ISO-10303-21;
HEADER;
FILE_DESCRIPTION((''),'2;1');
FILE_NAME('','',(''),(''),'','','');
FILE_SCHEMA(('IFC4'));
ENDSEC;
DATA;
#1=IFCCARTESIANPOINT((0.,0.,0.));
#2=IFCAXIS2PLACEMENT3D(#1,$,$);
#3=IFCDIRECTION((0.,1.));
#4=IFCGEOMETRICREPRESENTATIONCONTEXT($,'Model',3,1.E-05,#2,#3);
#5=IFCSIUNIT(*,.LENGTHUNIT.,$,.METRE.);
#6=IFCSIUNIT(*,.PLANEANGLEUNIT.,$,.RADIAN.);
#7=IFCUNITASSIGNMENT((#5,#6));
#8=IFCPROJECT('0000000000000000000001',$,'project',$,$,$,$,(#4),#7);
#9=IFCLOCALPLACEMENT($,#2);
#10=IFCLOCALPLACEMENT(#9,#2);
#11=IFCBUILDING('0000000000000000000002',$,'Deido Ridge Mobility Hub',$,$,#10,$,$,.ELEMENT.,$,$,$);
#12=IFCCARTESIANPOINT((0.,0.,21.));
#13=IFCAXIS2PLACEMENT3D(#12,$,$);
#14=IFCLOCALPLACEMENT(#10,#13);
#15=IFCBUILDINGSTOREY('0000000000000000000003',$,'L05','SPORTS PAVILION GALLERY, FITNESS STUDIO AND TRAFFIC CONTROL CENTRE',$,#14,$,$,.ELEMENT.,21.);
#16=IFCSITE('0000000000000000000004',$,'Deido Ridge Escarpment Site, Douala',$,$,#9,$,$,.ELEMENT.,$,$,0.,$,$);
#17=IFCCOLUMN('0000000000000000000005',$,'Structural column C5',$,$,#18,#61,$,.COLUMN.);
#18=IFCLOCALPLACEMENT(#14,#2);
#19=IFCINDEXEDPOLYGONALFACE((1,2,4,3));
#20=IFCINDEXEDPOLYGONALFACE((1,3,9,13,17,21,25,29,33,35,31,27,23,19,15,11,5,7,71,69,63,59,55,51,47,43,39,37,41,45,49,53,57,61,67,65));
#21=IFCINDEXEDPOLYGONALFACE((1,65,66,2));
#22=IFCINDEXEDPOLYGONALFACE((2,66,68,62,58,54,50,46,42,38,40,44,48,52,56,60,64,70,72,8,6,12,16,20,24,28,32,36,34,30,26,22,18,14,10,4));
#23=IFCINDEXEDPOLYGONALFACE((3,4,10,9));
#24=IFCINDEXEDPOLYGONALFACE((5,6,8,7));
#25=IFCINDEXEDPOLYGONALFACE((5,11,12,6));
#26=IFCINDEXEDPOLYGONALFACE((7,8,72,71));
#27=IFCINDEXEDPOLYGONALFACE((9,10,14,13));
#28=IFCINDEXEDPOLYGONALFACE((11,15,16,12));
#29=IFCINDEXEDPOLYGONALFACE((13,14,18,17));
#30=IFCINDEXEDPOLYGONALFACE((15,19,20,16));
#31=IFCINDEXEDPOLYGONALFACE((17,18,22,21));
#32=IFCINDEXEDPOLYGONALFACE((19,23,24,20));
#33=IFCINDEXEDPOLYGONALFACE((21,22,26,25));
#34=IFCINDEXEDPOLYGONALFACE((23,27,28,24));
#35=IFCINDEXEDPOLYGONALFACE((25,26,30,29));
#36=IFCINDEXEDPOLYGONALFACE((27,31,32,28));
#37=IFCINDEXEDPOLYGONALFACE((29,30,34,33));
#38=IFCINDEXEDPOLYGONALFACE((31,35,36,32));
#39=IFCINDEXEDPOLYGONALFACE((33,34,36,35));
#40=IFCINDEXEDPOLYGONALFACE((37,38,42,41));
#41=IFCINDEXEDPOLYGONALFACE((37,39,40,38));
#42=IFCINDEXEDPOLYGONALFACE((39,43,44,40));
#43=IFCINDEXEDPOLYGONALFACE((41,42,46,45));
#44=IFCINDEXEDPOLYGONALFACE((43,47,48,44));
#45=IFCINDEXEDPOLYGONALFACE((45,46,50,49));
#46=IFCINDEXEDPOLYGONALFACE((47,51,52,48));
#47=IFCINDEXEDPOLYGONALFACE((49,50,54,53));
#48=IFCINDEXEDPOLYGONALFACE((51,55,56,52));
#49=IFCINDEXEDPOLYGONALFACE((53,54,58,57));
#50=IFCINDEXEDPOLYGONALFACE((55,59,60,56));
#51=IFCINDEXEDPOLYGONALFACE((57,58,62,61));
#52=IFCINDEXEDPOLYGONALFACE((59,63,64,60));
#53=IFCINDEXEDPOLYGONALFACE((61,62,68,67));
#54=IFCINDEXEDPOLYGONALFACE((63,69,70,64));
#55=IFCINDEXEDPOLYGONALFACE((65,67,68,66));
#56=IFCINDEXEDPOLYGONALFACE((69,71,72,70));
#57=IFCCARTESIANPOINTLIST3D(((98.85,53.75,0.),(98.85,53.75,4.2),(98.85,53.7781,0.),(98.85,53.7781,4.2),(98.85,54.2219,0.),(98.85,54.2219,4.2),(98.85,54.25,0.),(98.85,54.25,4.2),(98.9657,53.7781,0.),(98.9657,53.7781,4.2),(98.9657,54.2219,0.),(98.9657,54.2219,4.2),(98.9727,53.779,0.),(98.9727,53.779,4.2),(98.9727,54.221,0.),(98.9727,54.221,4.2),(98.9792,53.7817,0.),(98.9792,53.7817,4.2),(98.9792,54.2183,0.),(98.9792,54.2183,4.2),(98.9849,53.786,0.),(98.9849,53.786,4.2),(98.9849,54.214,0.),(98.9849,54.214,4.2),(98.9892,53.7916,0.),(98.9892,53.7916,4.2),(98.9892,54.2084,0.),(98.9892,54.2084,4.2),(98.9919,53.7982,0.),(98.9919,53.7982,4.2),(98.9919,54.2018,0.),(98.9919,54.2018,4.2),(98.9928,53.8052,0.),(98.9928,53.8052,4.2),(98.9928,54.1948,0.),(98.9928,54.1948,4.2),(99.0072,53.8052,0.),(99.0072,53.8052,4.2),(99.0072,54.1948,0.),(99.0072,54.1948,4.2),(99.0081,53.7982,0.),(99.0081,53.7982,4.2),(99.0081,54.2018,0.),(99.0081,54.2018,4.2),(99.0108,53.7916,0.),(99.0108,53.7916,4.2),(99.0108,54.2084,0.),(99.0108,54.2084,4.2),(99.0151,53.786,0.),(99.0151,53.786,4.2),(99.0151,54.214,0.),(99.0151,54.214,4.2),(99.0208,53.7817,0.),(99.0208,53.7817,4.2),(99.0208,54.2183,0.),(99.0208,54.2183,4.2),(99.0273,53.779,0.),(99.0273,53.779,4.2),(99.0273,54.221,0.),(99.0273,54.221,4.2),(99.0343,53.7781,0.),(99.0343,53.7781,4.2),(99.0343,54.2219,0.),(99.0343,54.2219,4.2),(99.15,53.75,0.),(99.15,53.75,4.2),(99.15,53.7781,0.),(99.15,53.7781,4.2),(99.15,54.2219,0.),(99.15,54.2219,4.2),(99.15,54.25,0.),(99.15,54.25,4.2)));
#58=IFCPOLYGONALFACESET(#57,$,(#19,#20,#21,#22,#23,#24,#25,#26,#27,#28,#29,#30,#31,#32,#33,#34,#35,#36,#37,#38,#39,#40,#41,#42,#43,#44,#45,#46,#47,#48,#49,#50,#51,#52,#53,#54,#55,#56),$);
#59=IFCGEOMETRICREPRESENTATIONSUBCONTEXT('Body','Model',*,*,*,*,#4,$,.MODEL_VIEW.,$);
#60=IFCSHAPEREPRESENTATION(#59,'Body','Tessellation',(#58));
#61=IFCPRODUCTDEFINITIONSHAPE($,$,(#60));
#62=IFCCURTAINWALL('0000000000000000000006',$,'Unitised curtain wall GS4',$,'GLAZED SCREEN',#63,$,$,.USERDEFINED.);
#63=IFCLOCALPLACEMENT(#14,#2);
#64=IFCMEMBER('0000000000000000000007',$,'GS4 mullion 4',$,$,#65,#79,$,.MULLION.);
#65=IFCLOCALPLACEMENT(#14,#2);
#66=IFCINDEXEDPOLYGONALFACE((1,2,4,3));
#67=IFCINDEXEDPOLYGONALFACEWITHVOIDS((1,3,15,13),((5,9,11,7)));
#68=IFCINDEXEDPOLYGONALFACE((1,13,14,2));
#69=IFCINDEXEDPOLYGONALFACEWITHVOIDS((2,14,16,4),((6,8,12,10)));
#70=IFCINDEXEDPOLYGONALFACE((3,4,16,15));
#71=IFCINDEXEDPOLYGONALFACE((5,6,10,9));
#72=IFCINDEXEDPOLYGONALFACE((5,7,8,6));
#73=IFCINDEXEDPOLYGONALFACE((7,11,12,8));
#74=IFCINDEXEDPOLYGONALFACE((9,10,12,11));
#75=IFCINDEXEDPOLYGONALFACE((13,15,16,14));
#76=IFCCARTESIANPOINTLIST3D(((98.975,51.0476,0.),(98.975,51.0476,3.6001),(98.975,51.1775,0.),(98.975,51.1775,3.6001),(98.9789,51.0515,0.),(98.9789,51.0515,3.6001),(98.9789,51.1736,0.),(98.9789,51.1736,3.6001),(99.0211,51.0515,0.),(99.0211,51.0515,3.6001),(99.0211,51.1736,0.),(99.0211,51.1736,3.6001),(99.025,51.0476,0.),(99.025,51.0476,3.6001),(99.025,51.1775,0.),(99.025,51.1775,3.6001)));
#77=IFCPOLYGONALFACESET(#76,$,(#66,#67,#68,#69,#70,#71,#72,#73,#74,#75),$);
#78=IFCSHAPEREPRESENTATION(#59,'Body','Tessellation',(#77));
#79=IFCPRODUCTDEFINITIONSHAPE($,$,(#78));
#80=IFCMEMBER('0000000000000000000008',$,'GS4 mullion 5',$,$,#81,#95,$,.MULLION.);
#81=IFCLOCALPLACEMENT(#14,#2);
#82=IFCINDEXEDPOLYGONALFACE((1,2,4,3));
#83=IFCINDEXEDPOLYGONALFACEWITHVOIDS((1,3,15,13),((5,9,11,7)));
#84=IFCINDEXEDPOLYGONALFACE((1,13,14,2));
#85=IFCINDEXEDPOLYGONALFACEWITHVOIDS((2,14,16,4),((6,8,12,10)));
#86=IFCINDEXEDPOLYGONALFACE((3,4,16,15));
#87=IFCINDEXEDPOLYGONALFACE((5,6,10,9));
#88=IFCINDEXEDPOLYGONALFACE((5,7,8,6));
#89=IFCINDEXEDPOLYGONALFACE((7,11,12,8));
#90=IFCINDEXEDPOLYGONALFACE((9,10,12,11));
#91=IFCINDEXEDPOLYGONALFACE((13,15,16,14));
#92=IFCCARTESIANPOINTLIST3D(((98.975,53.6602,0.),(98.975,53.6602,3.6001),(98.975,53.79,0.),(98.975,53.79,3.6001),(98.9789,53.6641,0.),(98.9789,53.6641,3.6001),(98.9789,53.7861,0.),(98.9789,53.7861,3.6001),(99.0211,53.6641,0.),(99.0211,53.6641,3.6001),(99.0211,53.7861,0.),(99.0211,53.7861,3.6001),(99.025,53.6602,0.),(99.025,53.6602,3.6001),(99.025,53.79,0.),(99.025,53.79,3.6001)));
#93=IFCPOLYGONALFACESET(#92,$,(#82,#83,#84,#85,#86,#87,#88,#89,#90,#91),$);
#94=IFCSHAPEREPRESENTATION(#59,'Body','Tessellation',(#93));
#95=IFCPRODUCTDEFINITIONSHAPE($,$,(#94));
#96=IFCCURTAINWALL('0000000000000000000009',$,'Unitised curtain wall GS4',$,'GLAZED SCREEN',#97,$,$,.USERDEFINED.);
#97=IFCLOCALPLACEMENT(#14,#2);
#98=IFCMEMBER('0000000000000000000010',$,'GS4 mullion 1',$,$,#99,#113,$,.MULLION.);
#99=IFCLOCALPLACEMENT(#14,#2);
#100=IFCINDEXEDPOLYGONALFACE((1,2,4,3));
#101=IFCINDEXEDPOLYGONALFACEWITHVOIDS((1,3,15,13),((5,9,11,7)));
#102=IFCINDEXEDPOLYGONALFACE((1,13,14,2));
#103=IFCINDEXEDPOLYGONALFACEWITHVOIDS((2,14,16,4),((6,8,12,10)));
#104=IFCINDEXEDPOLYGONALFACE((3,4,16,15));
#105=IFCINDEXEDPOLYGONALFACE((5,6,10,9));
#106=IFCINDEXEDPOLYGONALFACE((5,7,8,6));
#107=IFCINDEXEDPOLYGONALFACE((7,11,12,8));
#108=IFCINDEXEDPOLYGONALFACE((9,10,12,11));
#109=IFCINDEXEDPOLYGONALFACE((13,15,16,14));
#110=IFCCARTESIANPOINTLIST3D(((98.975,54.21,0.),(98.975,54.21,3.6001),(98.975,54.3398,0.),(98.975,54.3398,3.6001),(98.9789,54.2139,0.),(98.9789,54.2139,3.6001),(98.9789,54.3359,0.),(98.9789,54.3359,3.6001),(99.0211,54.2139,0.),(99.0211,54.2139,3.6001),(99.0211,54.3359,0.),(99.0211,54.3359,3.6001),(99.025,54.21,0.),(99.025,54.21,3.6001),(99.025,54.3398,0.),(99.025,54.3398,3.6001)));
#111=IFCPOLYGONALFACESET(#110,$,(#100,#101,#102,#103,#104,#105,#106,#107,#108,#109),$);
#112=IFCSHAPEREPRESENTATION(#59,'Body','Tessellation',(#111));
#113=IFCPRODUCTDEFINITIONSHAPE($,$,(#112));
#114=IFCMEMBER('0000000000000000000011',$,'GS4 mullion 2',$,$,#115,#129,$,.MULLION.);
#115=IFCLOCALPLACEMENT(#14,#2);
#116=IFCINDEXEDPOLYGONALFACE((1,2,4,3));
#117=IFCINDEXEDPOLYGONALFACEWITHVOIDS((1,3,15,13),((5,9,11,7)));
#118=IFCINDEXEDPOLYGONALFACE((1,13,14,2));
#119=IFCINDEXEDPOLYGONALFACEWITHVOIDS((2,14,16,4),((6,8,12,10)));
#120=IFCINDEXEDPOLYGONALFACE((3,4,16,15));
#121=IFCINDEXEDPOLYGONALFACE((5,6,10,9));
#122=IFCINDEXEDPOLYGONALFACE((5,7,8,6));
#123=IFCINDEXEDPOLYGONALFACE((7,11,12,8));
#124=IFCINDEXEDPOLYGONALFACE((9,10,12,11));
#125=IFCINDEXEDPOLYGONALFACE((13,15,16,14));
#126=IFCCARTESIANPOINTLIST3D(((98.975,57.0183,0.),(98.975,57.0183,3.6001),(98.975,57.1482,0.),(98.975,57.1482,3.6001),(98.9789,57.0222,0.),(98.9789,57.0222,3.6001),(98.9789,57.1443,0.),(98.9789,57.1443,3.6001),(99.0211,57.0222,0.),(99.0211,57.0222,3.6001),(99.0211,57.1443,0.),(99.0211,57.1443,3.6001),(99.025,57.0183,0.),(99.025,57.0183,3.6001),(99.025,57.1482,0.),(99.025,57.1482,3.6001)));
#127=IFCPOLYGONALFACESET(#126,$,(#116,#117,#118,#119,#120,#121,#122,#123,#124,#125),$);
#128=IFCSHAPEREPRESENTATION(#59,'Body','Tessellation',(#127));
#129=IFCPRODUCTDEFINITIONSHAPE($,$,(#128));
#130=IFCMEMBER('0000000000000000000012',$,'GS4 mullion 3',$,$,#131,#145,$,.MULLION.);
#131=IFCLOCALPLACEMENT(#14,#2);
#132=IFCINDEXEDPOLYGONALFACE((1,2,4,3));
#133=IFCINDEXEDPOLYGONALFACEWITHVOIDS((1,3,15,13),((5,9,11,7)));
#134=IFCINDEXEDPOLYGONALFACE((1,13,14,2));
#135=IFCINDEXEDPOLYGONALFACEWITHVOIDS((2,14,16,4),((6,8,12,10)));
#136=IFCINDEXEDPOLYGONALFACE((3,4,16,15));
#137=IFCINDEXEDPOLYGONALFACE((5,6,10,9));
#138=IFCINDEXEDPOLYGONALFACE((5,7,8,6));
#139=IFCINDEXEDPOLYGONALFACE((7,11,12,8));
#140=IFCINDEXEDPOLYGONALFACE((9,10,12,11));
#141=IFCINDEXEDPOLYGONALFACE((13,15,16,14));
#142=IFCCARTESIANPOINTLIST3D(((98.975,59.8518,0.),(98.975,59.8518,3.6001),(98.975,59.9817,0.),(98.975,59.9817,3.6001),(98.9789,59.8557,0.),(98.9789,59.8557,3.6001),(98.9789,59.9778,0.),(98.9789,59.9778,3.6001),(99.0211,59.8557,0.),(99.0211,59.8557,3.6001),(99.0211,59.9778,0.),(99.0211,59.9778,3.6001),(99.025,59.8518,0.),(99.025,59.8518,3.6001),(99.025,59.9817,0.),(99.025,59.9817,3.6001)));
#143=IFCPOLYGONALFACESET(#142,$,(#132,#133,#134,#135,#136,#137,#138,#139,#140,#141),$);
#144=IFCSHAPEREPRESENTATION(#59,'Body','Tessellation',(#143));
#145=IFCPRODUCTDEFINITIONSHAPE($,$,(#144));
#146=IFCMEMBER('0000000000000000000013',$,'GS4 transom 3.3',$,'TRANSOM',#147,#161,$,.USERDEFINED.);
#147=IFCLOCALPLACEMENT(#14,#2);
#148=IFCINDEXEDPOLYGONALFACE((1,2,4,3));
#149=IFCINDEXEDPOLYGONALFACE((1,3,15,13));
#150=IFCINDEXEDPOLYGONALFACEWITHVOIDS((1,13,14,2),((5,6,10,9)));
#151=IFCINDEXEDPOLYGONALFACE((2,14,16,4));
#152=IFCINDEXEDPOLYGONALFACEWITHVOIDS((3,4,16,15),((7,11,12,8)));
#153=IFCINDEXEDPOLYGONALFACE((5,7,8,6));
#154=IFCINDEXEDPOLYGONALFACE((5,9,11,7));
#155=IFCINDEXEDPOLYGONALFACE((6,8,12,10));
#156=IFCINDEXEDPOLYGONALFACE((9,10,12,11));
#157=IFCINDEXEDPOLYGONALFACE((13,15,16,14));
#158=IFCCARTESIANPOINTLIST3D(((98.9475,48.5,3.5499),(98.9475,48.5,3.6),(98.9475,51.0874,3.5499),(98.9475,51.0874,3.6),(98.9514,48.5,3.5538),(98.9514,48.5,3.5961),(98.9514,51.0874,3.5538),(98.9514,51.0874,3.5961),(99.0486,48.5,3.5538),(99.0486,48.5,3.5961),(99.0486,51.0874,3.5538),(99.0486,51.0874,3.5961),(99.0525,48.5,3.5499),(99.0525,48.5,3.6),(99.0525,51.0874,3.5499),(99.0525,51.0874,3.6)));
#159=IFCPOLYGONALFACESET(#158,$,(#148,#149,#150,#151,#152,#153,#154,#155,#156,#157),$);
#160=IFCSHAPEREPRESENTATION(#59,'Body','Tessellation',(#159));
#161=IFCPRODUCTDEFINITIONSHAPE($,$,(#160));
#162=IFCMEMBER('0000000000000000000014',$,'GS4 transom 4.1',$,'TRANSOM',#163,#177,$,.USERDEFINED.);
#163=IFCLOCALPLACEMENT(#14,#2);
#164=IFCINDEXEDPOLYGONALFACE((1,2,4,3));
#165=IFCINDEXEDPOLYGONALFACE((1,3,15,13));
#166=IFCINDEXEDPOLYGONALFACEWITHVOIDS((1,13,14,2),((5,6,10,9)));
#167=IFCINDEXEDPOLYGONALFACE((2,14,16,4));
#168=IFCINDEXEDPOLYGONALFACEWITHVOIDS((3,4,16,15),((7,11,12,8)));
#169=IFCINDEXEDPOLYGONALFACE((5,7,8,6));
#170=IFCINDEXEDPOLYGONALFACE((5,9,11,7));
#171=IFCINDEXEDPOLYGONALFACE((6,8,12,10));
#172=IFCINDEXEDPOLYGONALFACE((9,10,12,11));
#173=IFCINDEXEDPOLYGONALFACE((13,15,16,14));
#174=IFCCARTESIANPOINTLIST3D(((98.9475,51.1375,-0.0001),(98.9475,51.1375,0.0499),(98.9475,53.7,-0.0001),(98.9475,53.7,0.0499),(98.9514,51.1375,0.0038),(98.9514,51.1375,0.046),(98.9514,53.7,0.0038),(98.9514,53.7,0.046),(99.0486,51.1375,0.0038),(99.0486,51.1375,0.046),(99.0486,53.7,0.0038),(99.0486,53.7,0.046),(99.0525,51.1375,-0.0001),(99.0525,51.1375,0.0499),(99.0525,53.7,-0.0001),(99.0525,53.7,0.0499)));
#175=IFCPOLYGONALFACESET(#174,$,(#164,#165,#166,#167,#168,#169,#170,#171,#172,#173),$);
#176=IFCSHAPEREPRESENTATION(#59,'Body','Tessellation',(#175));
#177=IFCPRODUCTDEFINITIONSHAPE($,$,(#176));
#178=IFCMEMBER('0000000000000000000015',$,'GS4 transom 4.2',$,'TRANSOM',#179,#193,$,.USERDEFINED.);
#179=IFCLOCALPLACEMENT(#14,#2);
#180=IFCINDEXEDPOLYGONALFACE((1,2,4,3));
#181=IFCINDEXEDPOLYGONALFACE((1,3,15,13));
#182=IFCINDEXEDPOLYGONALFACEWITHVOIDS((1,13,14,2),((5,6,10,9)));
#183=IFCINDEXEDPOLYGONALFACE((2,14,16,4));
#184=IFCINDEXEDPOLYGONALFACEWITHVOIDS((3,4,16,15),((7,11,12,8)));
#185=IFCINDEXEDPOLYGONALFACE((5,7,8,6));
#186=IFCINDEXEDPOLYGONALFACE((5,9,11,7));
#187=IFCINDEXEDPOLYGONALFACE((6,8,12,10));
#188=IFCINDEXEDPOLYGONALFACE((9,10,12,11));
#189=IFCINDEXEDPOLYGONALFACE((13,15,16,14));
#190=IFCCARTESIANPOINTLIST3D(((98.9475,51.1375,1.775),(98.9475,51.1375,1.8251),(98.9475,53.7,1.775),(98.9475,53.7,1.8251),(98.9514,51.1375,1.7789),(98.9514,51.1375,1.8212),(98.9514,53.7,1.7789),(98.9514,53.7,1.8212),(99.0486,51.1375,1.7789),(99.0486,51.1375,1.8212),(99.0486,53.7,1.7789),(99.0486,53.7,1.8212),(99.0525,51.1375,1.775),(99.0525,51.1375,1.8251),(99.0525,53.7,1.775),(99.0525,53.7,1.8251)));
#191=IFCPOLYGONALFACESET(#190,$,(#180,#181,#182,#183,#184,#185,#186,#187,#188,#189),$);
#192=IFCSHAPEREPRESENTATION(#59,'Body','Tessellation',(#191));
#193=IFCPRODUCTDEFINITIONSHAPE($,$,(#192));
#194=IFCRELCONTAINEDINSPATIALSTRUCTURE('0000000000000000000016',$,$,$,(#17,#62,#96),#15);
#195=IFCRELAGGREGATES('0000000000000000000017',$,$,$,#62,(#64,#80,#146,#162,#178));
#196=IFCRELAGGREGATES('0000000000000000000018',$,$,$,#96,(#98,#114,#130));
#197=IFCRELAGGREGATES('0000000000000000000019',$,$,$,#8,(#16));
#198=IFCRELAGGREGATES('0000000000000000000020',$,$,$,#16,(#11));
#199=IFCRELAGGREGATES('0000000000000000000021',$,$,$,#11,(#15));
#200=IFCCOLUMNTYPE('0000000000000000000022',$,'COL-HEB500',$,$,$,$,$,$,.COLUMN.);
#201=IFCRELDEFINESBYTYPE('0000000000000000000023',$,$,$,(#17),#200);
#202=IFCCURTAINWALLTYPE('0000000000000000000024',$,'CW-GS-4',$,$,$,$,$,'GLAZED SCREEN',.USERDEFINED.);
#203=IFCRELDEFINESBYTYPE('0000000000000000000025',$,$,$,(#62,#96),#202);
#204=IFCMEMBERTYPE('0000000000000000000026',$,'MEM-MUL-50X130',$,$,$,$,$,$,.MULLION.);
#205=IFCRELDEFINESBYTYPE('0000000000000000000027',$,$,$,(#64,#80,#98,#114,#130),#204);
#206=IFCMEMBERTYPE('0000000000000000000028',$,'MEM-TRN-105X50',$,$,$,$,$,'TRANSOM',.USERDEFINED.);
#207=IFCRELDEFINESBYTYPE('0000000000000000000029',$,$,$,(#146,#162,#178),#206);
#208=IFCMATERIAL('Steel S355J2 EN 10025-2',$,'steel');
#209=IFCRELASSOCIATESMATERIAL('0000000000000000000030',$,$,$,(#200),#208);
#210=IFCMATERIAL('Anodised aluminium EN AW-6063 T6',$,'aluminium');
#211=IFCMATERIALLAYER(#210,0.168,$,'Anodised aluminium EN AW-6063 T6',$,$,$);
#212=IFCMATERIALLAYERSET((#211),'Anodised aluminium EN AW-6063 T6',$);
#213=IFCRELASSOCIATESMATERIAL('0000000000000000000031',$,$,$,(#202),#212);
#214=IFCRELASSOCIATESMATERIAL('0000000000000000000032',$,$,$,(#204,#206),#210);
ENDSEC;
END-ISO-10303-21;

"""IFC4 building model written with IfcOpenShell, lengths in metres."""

from ifc_helpers import new_model, si_unit, direction, frame, origin, origin_2d, place, context, subcontext, project, spatial, hollow_rectangle, i_section, extrude, material, layer, layer_set, material_profile, profile_set, type_object, element, aggregate, save


model = new_model("IFC4")

# Units and contexts
model_context = context("Model", 3, precision=1e-05, world=origin(), true_north=direction((0.0, 1.0)))
body_context = subcontext(model_context, "Body", "Model", "MODEL_VIEW")
ifc_project = project(units=[si_unit("LENGTHUNIT", "METRE"), si_unit("PLANEANGLEUNIT", "RADIAN")], contexts=[model_context])

# Site, building, storey
site_placement = place(None, origin())
site = spatial("IfcSite", under=ifc_project, at=site_placement, Name="Deido Ridge Escarpment Site, Douala", CompositionType="ELEMENT", RefElevation=0.0)
building_placement = place(site_placement, origin())
building = spatial("IfcBuilding", under=site, at=building_placement, Name="Deido Ridge Mobility Hub", CompositionType="ELEMENT")
storey_placement = place(building_placement, frame((0.0, 0.0, 21.0)))
storey = spatial("IfcBuildingStorey", under=building, at=storey_placement, Name="L05", Description="SPORTS PAVILION GALLERY, FITNESS STUDIO AND TRAFFIC CONTROL CENTRE", CompositionType="ELEMENT", Elevation=21.0)

# Column
ifc_material_1 = material(Name="Steel S355J2 EN 10025-2", Category="steel")
ifc_material_profile_1 = material_profile(ifc_material_1, i_section(OverallWidth=0.3, OverallDepth=0.5, WebThickness=0.0144, FlangeThickness=0.0281, FilletRadius=0.0271, at=origin_2d()), Name="HEB 500")
ifc_profile_set_1 = profile_set([ifc_material_profile_1], Name="Steel S355J2 EN 10025-2")
column_type = type_object("IfcColumnType", Name="COL-HEB500", PredefinedType="COLUMN", material=ifc_profile_set_1)
column_placement = place(storey_placement, frame((99.0, 54.0, 0.0), z_axis=(0.0, 0.0, 1.0), x_axis=(1.0, 0.0, 0.0)))
element("IfcColumn", 1, at=column_placement, inside=storey, type_object=column_type, Name="Structural column C5", PredefinedType="COLUMN", context=body_context, shape_type="SweptSolid", body=[
    extrude(i_section(OverallWidth=0.3, OverallDepth=0.5, WebThickness=0.0144, FlangeThickness=0.0281, FilletRadius=0.0271, at=origin_2d()), origin(), (0.0, 0.0, 1.0), 4.2),
])

# Curtain walls, members
ifc_material_2 = material(Name="Anodised aluminium EN AW-6063 T6", Category="aluminium")
ifc_layer_1 = layer(ifc_material_2, 0.168, Name="Anodised aluminium EN AW-6063 T6")
ifc_layer_set_1 = layer_set([ifc_layer_1], Name="Anodised aluminium EN AW-6063 T6")
curtain_wall_type = type_object("IfcCurtainWallType", Name="CW-GS-4", ElementType="GLAZED SCREEN", PredefinedType="USERDEFINED", material=ifc_layer_set_1)
curtain_wall_1_placement = place(storey_placement, origin())
curtain_wall_1 = element("IfcCurtainWall", 2, at=curtain_wall_1_placement, inside=storey, type_object=curtain_wall_type, Name="Unitised curtain wall GS4", ObjectType="GLAZED SCREEN", PredefinedType="USERDEFINED")
ifc_material_profile_2 = material_profile(ifc_material_2, hollow_rectangle(XDim=0.05, YDim=0.1299, WallThickness=0.0039, at=origin_2d()), Name="RHS 50x130x4")
ifc_profile_set_2 = profile_set([ifc_material_profile_2], Name="Anodised aluminium EN AW-6063 T6")
member_type_1 = type_object("IfcMemberType", Name="MEM-MUL-50X130", PredefinedType="MULLION", material=ifc_profile_set_2)
member_1_placement = place(storey_placement, frame((99.0, 51.1125, 0.0), z_axis=(0.0, 0.0, 1.0), x_axis=(-1.0, 0.0, 0.0)))
member_1 = element("IfcMember", 3, at=member_1_placement, type_object=member_type_1, Name="GS4 mullion 4", PredefinedType="MULLION", context=body_context, shape_type="SweptSolid", body=[
    extrude(hollow_rectangle(XDim=0.05, YDim=0.1299, WallThickness=0.0039, at=origin_2d()), origin(), (0.0, 0.0, 1.0), 3.6001),
])
member_2_placement = place(storey_placement, frame((99.0, 53.7251, 0.0), z_axis=(0.0, 0.0, 1.0), x_axis=(-1.0, 0.0, 0.0)))
member_2 = element("IfcMember", 4, at=member_2_placement, type_object=member_type_1, Name="GS4 mullion 5", PredefinedType="MULLION", context=body_context, shape_type="SweptSolid", body=[
    extrude(hollow_rectangle(XDim=0.05, YDim=0.1299, WallThickness=0.0039, at=origin_2d()), origin(), (0.0, 0.0, 1.0), 3.6001),
])
curtain_wall_2_placement = place(storey_placement, origin())
curtain_wall_2 = element("IfcCurtainWall", 5, at=curtain_wall_2_placement, inside=storey, type_object=curtain_wall_type, Name="Unitised curtain wall GS4", ObjectType="GLAZED SCREEN", PredefinedType="USERDEFINED")
member_3_placement = place(storey_placement, frame((99.0, 54.2749, 0.0), z_axis=(0.0, 0.0, 1.0), x_axis=(-1.0, 0.0, 0.0)))
member_3 = element("IfcMember", 6, at=member_3_placement, type_object=member_type_1, Name="GS4 mullion 1", PredefinedType="MULLION", context=body_context, shape_type="SweptSolid", body=[
    extrude(hollow_rectangle(XDim=0.05, YDim=0.1299, WallThickness=0.0039, at=origin_2d()), origin(), (0.0, 0.0, 1.0), 3.6001),
])
member_4_placement = place(storey_placement, frame((99.0, 57.0833, 0.0), z_axis=(0.0, 0.0, 1.0), x_axis=(-1.0, 0.0, 0.0)))
member_4 = element("IfcMember", 7, at=member_4_placement, type_object=member_type_1, Name="GS4 mullion 2", PredefinedType="MULLION", context=body_context, shape_type="SweptSolid", body=[
    extrude(hollow_rectangle(XDim=0.05, YDim=0.1299, WallThickness=0.0039, at=origin_2d()), origin(), (0.0, 0.0, 1.0), 3.6001),
])
member_5_placement = place(storey_placement, frame((99.0, 59.9167, 0.0), z_axis=(0.0, 0.0, 1.0), x_axis=(-1.0, 0.0, 0.0)))
member_5 = element("IfcMember", 8, at=member_5_placement, type_object=member_type_1, Name="GS4 mullion 3", PredefinedType="MULLION", context=body_context, shape_type="SweptSolid", body=[
    extrude(hollow_rectangle(XDim=0.05, YDim=0.1299, WallThickness=0.0039, at=origin_2d()), origin(), (0.0, 0.0, 1.0), 3.6001),
])

# Members
ifc_material_profile_3 = material_profile(ifc_material_2, hollow_rectangle(XDim=0.105, YDim=0.05, WallThickness=0.0039, at=origin_2d()), Name="RHS 105x50x4")
ifc_profile_set_3 = profile_set([ifc_material_profile_3], Name="Anodised aluminium EN AW-6063 T6")
member_type_2 = type_object("IfcMemberType", Name="MEM-TRN-105X50", ElementType="TRANSOM", PredefinedType="USERDEFINED", material=ifc_profile_set_3)
member_6_placement = place(storey_placement, frame((99.0, 48.5, 3.575), z_axis=(0.0, 1.0, 0.0), x_axis=(-1.0, 0.0, 0.0)))
member_6 = element("IfcMember", 9, at=member_6_placement, type_object=member_type_2, Name="GS4 transom 3.3", ObjectType="TRANSOM", PredefinedType="USERDEFINED", context=body_context, shape_type="SweptSolid", body=[
    extrude(hollow_rectangle(XDim=0.105, YDim=0.05, WallThickness=0.0039, at=origin_2d()), origin(), (0.0, 0.0, 1.0), 2.5874),
])
member_7_placement = place(storey_placement, frame((99.0, 51.1375, 0.0249), z_axis=(0.0, 1.0, 0.0), x_axis=(-1.0, 0.0, 0.0)))
member_7 = element("IfcMember", 10, at=member_7_placement, type_object=member_type_2, Name="GS4 transom 4.1", ObjectType="TRANSOM", PredefinedType="USERDEFINED", context=body_context, shape_type="SweptSolid", body=[
    extrude(hollow_rectangle(XDim=0.105, YDim=0.05, WallThickness=0.0039, at=origin_2d()), origin(), (0.0, 0.0, 1.0), 2.5625),
])
member_8_placement = place(storey_placement, frame((99.0, 51.1375, 1.8), z_axis=(0.0, 1.0, 0.0), x_axis=(-1.0, 0.0, 0.0)))
member_8 = element("IfcMember", 11, at=member_8_placement, type_object=member_type_2, Name="GS4 transom 4.2", ObjectType="TRANSOM", PredefinedType="USERDEFINED", context=body_context, shape_type="SweptSolid", body=[
    extrude(hollow_rectangle(XDim=0.105, YDim=0.05, WallThickness=0.0039, at=origin_2d()), origin(), (0.0, 0.0, 1.0), 2.5625),
])

aggregate(curtain_wall_1, [member_1, member_2, member_6, member_7, member_8])
aggregate(curtain_wall_2, [member_3, member_4, member_5])

save(model, "model.ifc")
